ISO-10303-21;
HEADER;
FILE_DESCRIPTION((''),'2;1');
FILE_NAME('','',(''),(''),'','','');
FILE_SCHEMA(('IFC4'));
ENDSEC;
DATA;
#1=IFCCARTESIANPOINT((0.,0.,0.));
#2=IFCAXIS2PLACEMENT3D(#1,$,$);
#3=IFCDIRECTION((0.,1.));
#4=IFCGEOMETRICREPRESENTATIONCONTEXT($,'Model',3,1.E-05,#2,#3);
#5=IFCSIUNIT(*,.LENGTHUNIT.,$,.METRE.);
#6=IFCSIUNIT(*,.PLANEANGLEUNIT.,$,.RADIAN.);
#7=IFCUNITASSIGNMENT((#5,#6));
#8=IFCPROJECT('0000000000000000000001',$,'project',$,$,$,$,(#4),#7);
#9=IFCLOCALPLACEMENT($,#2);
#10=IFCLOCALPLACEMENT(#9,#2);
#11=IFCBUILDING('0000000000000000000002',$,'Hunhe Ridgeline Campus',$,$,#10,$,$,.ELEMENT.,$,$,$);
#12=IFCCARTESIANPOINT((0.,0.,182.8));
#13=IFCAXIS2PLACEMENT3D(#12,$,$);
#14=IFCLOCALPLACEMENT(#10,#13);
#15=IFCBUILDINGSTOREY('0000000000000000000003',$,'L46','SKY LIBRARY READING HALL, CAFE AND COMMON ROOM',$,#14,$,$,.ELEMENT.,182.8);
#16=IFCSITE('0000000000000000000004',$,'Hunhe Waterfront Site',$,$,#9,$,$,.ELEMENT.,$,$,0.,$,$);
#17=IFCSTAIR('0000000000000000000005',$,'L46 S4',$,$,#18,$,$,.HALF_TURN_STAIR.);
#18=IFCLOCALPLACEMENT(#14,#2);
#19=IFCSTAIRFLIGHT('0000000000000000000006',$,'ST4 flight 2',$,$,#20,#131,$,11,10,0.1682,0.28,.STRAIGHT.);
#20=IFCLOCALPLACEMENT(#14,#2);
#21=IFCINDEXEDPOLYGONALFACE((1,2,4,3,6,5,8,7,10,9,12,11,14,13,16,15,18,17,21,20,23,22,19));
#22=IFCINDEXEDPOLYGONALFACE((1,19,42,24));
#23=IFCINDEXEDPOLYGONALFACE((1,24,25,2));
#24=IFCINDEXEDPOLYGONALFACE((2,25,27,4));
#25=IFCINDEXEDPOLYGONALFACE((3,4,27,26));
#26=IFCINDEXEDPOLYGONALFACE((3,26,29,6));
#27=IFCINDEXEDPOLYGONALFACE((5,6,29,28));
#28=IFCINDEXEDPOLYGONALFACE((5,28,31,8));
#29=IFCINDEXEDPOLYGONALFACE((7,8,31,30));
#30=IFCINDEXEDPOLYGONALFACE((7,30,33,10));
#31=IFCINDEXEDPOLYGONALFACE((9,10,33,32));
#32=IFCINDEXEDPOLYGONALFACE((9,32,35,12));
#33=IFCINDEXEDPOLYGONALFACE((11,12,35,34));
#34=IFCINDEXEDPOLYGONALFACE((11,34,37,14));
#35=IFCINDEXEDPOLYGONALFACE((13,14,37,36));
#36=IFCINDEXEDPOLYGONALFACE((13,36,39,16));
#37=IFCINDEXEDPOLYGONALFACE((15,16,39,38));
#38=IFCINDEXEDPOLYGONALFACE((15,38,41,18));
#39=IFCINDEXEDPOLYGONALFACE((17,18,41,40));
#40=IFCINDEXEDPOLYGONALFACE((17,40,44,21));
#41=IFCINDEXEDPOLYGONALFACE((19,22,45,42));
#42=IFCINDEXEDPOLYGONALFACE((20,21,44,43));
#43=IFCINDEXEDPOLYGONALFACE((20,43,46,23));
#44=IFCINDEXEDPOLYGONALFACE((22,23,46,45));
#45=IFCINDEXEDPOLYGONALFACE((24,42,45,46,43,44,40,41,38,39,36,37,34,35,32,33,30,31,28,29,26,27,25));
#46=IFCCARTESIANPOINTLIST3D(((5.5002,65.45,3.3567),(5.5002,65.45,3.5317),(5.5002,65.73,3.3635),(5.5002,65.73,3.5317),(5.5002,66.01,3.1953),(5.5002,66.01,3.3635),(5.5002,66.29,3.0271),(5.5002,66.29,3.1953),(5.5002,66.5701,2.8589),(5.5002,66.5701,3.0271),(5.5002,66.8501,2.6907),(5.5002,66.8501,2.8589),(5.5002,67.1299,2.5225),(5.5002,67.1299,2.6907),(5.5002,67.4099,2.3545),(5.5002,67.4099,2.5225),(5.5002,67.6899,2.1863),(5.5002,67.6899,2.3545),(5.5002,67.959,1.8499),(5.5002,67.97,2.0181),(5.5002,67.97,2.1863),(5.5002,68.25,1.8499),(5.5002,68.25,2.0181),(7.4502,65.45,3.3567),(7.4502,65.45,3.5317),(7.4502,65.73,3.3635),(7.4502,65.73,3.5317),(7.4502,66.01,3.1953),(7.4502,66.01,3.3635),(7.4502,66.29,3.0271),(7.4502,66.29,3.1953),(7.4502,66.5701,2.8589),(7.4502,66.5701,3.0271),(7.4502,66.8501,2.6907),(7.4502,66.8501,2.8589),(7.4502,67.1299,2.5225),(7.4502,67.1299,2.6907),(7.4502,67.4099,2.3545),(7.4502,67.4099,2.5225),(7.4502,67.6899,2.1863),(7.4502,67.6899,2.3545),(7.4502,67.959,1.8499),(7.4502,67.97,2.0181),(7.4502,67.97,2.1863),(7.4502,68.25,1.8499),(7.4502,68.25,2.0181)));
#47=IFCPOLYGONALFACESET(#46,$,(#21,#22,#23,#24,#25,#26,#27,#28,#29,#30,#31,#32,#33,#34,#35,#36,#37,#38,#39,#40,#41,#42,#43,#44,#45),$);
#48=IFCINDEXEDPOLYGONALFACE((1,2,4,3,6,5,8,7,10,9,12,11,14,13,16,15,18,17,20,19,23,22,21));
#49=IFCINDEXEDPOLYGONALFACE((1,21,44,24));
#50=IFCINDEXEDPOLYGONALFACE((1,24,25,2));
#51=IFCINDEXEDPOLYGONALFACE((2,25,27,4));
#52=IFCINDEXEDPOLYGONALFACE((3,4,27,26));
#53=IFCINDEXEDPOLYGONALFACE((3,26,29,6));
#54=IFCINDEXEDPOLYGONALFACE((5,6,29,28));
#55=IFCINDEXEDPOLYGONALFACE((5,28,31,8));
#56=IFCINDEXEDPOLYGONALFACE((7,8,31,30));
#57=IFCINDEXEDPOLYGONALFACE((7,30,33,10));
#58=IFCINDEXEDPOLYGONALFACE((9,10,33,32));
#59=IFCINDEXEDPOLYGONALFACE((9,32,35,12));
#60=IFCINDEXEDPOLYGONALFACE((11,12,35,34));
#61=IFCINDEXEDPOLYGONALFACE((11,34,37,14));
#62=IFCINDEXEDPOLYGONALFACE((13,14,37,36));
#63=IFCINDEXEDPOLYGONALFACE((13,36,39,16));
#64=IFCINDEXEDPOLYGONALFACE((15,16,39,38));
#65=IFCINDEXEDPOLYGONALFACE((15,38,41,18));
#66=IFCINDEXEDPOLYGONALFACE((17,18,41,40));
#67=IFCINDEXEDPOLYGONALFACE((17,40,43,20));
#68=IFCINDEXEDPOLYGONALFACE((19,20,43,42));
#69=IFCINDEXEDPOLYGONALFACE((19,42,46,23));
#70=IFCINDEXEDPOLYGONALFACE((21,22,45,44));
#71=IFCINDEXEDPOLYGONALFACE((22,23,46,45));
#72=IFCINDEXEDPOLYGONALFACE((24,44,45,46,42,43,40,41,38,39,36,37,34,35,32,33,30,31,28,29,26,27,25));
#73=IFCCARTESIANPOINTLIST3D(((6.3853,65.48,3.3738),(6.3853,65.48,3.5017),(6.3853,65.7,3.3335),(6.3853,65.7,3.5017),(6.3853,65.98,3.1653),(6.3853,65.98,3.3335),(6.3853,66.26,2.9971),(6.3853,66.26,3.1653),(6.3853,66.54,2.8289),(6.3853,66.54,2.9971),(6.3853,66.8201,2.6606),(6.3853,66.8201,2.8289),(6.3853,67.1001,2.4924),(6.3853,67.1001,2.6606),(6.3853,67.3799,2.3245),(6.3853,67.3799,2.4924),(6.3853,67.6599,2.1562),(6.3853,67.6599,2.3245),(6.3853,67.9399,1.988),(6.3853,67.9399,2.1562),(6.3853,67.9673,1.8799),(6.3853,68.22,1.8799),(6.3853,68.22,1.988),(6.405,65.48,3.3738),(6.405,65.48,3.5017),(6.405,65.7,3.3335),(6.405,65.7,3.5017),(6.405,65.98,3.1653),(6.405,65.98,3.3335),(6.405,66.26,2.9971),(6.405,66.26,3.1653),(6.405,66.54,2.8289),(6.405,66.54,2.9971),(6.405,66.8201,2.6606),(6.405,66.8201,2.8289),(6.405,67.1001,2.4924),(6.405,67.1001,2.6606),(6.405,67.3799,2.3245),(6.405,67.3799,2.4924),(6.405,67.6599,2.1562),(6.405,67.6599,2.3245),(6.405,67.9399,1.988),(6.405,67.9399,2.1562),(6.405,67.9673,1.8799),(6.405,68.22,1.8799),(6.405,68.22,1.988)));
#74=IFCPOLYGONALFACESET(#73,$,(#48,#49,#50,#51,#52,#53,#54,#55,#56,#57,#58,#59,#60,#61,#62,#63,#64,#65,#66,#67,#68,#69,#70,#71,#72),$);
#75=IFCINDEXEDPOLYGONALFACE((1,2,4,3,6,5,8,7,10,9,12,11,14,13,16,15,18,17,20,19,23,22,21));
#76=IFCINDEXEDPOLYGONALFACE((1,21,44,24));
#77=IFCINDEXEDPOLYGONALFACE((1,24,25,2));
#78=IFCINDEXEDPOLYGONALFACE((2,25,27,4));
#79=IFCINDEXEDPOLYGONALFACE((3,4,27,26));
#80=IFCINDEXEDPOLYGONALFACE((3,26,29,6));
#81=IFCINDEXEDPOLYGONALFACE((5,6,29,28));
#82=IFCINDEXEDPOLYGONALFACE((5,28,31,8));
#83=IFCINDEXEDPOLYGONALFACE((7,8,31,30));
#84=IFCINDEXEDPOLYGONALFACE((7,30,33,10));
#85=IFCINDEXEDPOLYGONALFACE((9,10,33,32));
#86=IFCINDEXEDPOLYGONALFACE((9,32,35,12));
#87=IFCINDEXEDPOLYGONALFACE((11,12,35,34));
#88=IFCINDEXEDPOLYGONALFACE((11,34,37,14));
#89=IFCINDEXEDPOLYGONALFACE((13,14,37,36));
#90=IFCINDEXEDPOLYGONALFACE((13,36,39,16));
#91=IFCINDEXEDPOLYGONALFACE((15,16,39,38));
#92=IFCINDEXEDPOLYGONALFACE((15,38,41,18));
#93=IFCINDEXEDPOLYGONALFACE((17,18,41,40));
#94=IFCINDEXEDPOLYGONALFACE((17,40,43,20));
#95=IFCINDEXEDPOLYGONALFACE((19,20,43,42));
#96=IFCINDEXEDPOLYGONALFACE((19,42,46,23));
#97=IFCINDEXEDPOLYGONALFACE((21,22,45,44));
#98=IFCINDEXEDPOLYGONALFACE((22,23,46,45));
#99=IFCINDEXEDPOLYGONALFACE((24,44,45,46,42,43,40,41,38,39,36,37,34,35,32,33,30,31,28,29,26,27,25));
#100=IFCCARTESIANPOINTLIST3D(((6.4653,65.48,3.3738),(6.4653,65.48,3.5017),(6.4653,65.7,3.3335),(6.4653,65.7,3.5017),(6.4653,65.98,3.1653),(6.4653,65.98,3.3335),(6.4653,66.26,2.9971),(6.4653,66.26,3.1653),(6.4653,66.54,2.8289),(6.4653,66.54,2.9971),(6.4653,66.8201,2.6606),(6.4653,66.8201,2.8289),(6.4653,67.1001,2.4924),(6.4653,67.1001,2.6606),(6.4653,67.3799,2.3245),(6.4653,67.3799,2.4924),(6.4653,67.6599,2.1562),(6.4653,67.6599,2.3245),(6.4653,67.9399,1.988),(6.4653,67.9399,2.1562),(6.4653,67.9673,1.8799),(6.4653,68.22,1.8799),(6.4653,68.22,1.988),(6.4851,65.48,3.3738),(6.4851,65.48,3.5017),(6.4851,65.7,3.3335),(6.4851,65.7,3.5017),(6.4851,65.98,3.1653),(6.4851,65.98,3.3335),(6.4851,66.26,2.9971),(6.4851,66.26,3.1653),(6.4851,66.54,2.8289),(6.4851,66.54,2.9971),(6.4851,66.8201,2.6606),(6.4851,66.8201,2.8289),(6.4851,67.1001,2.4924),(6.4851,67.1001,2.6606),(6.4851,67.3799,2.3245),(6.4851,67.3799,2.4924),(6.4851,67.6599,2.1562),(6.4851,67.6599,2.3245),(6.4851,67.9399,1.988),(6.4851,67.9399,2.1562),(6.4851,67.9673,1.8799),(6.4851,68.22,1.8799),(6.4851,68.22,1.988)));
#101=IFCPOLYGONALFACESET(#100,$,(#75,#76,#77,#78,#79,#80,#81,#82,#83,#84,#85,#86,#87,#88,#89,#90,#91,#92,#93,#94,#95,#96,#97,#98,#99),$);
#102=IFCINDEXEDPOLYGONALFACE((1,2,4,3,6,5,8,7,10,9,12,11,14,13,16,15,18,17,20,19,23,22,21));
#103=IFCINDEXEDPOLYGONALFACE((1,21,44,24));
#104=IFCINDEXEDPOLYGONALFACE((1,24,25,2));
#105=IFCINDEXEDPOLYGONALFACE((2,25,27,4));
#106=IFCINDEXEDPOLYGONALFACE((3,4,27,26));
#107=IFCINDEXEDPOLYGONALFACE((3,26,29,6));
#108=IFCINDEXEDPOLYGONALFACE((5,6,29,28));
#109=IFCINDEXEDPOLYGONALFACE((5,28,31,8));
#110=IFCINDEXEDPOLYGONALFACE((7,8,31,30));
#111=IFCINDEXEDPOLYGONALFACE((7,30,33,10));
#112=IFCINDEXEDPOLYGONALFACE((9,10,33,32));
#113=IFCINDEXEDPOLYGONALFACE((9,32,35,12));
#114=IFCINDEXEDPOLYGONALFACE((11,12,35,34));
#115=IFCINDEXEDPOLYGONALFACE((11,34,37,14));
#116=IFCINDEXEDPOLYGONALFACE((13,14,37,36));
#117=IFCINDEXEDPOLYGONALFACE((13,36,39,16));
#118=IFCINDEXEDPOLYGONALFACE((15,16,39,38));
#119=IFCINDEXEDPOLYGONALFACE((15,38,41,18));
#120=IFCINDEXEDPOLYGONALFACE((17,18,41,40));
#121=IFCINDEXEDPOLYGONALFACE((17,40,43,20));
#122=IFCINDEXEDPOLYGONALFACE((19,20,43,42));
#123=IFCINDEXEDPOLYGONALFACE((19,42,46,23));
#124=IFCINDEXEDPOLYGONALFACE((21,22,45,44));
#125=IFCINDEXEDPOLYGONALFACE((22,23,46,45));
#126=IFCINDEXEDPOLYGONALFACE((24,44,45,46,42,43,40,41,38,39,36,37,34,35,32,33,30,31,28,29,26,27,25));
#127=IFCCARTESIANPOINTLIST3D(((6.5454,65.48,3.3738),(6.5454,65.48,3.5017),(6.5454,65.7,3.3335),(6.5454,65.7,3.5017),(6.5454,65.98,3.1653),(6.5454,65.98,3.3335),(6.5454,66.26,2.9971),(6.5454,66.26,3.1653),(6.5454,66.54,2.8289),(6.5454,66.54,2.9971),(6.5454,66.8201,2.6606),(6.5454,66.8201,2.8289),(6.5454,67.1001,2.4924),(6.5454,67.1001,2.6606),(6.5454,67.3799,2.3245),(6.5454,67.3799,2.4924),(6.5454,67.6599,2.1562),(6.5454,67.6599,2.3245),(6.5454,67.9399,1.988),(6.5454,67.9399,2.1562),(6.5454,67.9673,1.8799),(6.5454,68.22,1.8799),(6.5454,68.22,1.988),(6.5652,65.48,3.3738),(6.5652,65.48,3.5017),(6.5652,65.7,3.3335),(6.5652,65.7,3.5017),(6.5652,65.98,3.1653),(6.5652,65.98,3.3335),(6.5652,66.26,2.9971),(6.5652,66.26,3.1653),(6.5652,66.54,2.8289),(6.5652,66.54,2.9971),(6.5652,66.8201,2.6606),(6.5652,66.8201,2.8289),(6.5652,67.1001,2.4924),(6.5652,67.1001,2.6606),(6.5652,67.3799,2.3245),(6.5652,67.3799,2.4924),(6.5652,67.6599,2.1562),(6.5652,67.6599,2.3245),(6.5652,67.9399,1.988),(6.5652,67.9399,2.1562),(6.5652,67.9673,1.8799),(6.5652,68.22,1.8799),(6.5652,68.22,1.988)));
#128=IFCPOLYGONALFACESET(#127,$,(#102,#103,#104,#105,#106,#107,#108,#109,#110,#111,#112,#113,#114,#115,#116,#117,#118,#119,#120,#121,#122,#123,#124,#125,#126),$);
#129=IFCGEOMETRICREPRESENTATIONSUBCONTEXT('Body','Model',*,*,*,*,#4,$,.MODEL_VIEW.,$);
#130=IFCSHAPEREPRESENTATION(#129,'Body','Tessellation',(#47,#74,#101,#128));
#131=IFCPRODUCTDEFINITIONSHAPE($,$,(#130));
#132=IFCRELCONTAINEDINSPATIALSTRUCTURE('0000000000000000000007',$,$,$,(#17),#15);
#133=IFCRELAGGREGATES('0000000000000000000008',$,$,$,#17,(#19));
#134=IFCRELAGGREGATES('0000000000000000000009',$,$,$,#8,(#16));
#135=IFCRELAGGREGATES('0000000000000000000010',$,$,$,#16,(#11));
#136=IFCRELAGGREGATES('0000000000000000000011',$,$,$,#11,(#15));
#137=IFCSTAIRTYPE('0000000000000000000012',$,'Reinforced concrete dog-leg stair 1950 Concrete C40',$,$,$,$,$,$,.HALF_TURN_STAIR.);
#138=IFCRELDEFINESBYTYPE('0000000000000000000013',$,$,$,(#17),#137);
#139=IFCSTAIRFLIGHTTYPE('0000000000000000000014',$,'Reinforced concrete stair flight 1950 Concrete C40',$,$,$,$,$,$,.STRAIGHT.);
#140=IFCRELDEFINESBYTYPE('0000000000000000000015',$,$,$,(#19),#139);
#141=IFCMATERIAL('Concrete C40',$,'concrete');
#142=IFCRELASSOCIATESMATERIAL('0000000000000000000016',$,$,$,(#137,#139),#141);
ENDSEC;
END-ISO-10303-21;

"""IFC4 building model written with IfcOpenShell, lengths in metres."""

from ifc_helpers import new_model, si_unit, direction, frame, origin, place, context, subcontext, project, spatial, polyline, outline, extrude, material, type_object, element, aggregate, save


model = new_model("IFC4")

# Units and contexts
model_context = context("Model", 3, precision=1e-05, world=origin(), true_north=direction((0.0, 1.0)))
body_context = subcontext(model_context, "Body", "Model", "MODEL_VIEW")
ifc_project = project(units=[si_unit("LENGTHUNIT", "METRE"), si_unit("PLANEANGLEUNIT", "RADIAN")], contexts=[model_context])

# Site, building, storey
site_placement = place(None, origin())
site = spatial("IfcSite", under=ifc_project, at=site_placement, Name="Hunhe Waterfront Site", CompositionType="ELEMENT", RefElevation=0.0)
building_placement = place(site_placement, origin())
building = spatial("IfcBuilding", under=site, at=building_placement, Name="Hunhe Ridgeline Campus", CompositionType="ELEMENT")
storey_placement = place(building_placement, frame((0.0, 0.0, 182.8)))
storey = spatial("IfcBuildingStorey", under=building, at=storey_placement, Name="L46", Description="SKY LIBRARY READING HALL, CAFE AND COMMON ROOM", CompositionType="ELEMENT", Elevation=182.8)

# Stair, stair flight
ifc_material_1 = material(Name="Concrete C40", Category="concrete")
stair_type = type_object("IfcStairType", Name="Reinforced concrete dog-leg stair 1950 Concrete C40", PredefinedType="HALF_TURN_STAIR", material=ifc_material_1)
stair_flight_type = type_object("IfcStairFlightType", Name="Reinforced concrete stair flight 1950 Concrete C40", PredefinedType="STRAIGHT", material=ifc_material_1)
stair_1_placement = place(storey_placement, origin())
stair_1 = element("IfcStair", 1, at=stair_1_placement, inside=storey, type_object=stair_type, Name="L46 S4", PredefinedType="HALF_TURN_STAIR")
stair_flight_1_placement = place(storey_placement, frame((6.4751, 68.25, 1.8499), z_axis=(0.0, 0.0, 1.0), x_axis=(0.0, -1.0, 0.0)))
stair_flight_1 = element("IfcStairFlight", 2, at=stair_flight_1_placement, type_object=stair_flight_type, Name="ST4 flight 2", NumberOfRisers=11, NumberOfTreads=10, PredefinedType="STRAIGHT", RiserHeight=0.1682, TreadLength=0.28, context=body_context, shape_type="SweptSolid", body=[
    extrude(outline(polyline([(0.0, 0.0), (0.0, 0.1682), (0.28, 0.1682), (0.28, 0.3364), (0.5601, 0.3364), (0.5601, 0.5046), (0.8401, 0.5046), (0.8401, 0.6726), (1.1201, 0.6726), (1.1201, 0.8408), (1.3999, 0.8408), (1.3999, 1.009), (1.6799, 1.009), (1.6799, 1.1772), (1.96, 1.1772), (1.96, 1.3455), (2.24, 1.3455), (2.24, 1.5137), (2.52, 1.5137), (2.52, 1.6819), (2.8, 1.6819), (2.8, 1.8501), (2.8, 1.5068), (0.291, 0.0), (0.0, 0.0)])), frame((0.0, 0.9751, 0.0), z_axis=(0.0, -1.0, 0.0), x_axis=(1.0, 0.0, 0.0)), (0.0, 0.0, 1.0), 1.95),
    extrude(outline(polyline([(0.03, 0.03), (0.03, 0.1382), (0.3101, 0.1382), (0.3101, 0.3064), (0.5901, 0.3064), (0.5901, 0.4746), (0.8701, 0.4746), (0.8701, 0.6426), (1.1499, 0.6426), (1.1499, 0.8108), (1.4299, 0.8108), (1.4299, 0.979), (1.71, 0.979), (1.71, 1.1472), (1.99, 1.1472), (1.99, 1.3154), (2.27, 1.3154), (2.27, 1.4836), (2.55, 1.4836), (2.55, 1.6519), (2.77, 1.6519), (2.77, 1.5239), (0.2827, 0.03), (0.03, 0.03)])), frame((0.0, -0.0701, 0.0), z_axis=(0.0, -1.0, 0.0), x_axis=(1.0, 0.0, 0.0)), (0.0, 0.0, 1.0), 0.0198),
    extrude(outline(polyline([(0.03, 0.03), (0.03, 0.1382), (0.3101, 0.1382), (0.3101, 0.3064), (0.5901, 0.3064), (0.5901, 0.4746), (0.8701, 0.4746), (0.8701, 0.6426), (1.1499, 0.6426), (1.1499, 0.8108), (1.4299, 0.8108), (1.4299, 0.979), (1.71, 0.979), (1.71, 1.1472), (1.99, 1.1472), (1.99, 1.3154), (2.27, 1.3154), (2.27, 1.4836), (2.55, 1.4836), (2.55, 1.6519), (2.77, 1.6519), (2.77, 1.5239), (0.2827, 0.03), (0.03, 0.03)])), frame((0.0, 0.01, 0.0), z_axis=(0.0, -1.0, 0.0), x_axis=(1.0, 0.0, 0.0)), (0.0, 0.0, 1.0), 0.0198),
    extrude(outline(polyline([(0.03, 0.03), (0.03, 0.1382), (0.3101, 0.1382), (0.3101, 0.3064), (0.5901, 0.3064), (0.5901, 0.4746), (0.8701, 0.4746), (0.8701, 0.6426), (1.1499, 0.6426), (1.1499, 0.8108), (1.4299, 0.8108), (1.4299, 0.979), (1.71, 0.979), (1.71, 1.1472), (1.99, 1.1472), (1.99, 1.3154), (2.27, 1.3154), (2.27, 1.4836), (2.55, 1.4836), (2.55, 1.6519), (2.77, 1.6519), (2.77, 1.5239), (0.2827, 0.03), (0.03, 0.03)])), frame((0.0, 0.0901, 0.0), z_axis=(0.0, -1.0, 0.0), x_axis=(1.0, 0.0, 0.0)), (0.0, 0.0, 1.0), 0.0198),
])
aggregate(stair_1, [stair_flight_1])

save(model, "model.ifc")
